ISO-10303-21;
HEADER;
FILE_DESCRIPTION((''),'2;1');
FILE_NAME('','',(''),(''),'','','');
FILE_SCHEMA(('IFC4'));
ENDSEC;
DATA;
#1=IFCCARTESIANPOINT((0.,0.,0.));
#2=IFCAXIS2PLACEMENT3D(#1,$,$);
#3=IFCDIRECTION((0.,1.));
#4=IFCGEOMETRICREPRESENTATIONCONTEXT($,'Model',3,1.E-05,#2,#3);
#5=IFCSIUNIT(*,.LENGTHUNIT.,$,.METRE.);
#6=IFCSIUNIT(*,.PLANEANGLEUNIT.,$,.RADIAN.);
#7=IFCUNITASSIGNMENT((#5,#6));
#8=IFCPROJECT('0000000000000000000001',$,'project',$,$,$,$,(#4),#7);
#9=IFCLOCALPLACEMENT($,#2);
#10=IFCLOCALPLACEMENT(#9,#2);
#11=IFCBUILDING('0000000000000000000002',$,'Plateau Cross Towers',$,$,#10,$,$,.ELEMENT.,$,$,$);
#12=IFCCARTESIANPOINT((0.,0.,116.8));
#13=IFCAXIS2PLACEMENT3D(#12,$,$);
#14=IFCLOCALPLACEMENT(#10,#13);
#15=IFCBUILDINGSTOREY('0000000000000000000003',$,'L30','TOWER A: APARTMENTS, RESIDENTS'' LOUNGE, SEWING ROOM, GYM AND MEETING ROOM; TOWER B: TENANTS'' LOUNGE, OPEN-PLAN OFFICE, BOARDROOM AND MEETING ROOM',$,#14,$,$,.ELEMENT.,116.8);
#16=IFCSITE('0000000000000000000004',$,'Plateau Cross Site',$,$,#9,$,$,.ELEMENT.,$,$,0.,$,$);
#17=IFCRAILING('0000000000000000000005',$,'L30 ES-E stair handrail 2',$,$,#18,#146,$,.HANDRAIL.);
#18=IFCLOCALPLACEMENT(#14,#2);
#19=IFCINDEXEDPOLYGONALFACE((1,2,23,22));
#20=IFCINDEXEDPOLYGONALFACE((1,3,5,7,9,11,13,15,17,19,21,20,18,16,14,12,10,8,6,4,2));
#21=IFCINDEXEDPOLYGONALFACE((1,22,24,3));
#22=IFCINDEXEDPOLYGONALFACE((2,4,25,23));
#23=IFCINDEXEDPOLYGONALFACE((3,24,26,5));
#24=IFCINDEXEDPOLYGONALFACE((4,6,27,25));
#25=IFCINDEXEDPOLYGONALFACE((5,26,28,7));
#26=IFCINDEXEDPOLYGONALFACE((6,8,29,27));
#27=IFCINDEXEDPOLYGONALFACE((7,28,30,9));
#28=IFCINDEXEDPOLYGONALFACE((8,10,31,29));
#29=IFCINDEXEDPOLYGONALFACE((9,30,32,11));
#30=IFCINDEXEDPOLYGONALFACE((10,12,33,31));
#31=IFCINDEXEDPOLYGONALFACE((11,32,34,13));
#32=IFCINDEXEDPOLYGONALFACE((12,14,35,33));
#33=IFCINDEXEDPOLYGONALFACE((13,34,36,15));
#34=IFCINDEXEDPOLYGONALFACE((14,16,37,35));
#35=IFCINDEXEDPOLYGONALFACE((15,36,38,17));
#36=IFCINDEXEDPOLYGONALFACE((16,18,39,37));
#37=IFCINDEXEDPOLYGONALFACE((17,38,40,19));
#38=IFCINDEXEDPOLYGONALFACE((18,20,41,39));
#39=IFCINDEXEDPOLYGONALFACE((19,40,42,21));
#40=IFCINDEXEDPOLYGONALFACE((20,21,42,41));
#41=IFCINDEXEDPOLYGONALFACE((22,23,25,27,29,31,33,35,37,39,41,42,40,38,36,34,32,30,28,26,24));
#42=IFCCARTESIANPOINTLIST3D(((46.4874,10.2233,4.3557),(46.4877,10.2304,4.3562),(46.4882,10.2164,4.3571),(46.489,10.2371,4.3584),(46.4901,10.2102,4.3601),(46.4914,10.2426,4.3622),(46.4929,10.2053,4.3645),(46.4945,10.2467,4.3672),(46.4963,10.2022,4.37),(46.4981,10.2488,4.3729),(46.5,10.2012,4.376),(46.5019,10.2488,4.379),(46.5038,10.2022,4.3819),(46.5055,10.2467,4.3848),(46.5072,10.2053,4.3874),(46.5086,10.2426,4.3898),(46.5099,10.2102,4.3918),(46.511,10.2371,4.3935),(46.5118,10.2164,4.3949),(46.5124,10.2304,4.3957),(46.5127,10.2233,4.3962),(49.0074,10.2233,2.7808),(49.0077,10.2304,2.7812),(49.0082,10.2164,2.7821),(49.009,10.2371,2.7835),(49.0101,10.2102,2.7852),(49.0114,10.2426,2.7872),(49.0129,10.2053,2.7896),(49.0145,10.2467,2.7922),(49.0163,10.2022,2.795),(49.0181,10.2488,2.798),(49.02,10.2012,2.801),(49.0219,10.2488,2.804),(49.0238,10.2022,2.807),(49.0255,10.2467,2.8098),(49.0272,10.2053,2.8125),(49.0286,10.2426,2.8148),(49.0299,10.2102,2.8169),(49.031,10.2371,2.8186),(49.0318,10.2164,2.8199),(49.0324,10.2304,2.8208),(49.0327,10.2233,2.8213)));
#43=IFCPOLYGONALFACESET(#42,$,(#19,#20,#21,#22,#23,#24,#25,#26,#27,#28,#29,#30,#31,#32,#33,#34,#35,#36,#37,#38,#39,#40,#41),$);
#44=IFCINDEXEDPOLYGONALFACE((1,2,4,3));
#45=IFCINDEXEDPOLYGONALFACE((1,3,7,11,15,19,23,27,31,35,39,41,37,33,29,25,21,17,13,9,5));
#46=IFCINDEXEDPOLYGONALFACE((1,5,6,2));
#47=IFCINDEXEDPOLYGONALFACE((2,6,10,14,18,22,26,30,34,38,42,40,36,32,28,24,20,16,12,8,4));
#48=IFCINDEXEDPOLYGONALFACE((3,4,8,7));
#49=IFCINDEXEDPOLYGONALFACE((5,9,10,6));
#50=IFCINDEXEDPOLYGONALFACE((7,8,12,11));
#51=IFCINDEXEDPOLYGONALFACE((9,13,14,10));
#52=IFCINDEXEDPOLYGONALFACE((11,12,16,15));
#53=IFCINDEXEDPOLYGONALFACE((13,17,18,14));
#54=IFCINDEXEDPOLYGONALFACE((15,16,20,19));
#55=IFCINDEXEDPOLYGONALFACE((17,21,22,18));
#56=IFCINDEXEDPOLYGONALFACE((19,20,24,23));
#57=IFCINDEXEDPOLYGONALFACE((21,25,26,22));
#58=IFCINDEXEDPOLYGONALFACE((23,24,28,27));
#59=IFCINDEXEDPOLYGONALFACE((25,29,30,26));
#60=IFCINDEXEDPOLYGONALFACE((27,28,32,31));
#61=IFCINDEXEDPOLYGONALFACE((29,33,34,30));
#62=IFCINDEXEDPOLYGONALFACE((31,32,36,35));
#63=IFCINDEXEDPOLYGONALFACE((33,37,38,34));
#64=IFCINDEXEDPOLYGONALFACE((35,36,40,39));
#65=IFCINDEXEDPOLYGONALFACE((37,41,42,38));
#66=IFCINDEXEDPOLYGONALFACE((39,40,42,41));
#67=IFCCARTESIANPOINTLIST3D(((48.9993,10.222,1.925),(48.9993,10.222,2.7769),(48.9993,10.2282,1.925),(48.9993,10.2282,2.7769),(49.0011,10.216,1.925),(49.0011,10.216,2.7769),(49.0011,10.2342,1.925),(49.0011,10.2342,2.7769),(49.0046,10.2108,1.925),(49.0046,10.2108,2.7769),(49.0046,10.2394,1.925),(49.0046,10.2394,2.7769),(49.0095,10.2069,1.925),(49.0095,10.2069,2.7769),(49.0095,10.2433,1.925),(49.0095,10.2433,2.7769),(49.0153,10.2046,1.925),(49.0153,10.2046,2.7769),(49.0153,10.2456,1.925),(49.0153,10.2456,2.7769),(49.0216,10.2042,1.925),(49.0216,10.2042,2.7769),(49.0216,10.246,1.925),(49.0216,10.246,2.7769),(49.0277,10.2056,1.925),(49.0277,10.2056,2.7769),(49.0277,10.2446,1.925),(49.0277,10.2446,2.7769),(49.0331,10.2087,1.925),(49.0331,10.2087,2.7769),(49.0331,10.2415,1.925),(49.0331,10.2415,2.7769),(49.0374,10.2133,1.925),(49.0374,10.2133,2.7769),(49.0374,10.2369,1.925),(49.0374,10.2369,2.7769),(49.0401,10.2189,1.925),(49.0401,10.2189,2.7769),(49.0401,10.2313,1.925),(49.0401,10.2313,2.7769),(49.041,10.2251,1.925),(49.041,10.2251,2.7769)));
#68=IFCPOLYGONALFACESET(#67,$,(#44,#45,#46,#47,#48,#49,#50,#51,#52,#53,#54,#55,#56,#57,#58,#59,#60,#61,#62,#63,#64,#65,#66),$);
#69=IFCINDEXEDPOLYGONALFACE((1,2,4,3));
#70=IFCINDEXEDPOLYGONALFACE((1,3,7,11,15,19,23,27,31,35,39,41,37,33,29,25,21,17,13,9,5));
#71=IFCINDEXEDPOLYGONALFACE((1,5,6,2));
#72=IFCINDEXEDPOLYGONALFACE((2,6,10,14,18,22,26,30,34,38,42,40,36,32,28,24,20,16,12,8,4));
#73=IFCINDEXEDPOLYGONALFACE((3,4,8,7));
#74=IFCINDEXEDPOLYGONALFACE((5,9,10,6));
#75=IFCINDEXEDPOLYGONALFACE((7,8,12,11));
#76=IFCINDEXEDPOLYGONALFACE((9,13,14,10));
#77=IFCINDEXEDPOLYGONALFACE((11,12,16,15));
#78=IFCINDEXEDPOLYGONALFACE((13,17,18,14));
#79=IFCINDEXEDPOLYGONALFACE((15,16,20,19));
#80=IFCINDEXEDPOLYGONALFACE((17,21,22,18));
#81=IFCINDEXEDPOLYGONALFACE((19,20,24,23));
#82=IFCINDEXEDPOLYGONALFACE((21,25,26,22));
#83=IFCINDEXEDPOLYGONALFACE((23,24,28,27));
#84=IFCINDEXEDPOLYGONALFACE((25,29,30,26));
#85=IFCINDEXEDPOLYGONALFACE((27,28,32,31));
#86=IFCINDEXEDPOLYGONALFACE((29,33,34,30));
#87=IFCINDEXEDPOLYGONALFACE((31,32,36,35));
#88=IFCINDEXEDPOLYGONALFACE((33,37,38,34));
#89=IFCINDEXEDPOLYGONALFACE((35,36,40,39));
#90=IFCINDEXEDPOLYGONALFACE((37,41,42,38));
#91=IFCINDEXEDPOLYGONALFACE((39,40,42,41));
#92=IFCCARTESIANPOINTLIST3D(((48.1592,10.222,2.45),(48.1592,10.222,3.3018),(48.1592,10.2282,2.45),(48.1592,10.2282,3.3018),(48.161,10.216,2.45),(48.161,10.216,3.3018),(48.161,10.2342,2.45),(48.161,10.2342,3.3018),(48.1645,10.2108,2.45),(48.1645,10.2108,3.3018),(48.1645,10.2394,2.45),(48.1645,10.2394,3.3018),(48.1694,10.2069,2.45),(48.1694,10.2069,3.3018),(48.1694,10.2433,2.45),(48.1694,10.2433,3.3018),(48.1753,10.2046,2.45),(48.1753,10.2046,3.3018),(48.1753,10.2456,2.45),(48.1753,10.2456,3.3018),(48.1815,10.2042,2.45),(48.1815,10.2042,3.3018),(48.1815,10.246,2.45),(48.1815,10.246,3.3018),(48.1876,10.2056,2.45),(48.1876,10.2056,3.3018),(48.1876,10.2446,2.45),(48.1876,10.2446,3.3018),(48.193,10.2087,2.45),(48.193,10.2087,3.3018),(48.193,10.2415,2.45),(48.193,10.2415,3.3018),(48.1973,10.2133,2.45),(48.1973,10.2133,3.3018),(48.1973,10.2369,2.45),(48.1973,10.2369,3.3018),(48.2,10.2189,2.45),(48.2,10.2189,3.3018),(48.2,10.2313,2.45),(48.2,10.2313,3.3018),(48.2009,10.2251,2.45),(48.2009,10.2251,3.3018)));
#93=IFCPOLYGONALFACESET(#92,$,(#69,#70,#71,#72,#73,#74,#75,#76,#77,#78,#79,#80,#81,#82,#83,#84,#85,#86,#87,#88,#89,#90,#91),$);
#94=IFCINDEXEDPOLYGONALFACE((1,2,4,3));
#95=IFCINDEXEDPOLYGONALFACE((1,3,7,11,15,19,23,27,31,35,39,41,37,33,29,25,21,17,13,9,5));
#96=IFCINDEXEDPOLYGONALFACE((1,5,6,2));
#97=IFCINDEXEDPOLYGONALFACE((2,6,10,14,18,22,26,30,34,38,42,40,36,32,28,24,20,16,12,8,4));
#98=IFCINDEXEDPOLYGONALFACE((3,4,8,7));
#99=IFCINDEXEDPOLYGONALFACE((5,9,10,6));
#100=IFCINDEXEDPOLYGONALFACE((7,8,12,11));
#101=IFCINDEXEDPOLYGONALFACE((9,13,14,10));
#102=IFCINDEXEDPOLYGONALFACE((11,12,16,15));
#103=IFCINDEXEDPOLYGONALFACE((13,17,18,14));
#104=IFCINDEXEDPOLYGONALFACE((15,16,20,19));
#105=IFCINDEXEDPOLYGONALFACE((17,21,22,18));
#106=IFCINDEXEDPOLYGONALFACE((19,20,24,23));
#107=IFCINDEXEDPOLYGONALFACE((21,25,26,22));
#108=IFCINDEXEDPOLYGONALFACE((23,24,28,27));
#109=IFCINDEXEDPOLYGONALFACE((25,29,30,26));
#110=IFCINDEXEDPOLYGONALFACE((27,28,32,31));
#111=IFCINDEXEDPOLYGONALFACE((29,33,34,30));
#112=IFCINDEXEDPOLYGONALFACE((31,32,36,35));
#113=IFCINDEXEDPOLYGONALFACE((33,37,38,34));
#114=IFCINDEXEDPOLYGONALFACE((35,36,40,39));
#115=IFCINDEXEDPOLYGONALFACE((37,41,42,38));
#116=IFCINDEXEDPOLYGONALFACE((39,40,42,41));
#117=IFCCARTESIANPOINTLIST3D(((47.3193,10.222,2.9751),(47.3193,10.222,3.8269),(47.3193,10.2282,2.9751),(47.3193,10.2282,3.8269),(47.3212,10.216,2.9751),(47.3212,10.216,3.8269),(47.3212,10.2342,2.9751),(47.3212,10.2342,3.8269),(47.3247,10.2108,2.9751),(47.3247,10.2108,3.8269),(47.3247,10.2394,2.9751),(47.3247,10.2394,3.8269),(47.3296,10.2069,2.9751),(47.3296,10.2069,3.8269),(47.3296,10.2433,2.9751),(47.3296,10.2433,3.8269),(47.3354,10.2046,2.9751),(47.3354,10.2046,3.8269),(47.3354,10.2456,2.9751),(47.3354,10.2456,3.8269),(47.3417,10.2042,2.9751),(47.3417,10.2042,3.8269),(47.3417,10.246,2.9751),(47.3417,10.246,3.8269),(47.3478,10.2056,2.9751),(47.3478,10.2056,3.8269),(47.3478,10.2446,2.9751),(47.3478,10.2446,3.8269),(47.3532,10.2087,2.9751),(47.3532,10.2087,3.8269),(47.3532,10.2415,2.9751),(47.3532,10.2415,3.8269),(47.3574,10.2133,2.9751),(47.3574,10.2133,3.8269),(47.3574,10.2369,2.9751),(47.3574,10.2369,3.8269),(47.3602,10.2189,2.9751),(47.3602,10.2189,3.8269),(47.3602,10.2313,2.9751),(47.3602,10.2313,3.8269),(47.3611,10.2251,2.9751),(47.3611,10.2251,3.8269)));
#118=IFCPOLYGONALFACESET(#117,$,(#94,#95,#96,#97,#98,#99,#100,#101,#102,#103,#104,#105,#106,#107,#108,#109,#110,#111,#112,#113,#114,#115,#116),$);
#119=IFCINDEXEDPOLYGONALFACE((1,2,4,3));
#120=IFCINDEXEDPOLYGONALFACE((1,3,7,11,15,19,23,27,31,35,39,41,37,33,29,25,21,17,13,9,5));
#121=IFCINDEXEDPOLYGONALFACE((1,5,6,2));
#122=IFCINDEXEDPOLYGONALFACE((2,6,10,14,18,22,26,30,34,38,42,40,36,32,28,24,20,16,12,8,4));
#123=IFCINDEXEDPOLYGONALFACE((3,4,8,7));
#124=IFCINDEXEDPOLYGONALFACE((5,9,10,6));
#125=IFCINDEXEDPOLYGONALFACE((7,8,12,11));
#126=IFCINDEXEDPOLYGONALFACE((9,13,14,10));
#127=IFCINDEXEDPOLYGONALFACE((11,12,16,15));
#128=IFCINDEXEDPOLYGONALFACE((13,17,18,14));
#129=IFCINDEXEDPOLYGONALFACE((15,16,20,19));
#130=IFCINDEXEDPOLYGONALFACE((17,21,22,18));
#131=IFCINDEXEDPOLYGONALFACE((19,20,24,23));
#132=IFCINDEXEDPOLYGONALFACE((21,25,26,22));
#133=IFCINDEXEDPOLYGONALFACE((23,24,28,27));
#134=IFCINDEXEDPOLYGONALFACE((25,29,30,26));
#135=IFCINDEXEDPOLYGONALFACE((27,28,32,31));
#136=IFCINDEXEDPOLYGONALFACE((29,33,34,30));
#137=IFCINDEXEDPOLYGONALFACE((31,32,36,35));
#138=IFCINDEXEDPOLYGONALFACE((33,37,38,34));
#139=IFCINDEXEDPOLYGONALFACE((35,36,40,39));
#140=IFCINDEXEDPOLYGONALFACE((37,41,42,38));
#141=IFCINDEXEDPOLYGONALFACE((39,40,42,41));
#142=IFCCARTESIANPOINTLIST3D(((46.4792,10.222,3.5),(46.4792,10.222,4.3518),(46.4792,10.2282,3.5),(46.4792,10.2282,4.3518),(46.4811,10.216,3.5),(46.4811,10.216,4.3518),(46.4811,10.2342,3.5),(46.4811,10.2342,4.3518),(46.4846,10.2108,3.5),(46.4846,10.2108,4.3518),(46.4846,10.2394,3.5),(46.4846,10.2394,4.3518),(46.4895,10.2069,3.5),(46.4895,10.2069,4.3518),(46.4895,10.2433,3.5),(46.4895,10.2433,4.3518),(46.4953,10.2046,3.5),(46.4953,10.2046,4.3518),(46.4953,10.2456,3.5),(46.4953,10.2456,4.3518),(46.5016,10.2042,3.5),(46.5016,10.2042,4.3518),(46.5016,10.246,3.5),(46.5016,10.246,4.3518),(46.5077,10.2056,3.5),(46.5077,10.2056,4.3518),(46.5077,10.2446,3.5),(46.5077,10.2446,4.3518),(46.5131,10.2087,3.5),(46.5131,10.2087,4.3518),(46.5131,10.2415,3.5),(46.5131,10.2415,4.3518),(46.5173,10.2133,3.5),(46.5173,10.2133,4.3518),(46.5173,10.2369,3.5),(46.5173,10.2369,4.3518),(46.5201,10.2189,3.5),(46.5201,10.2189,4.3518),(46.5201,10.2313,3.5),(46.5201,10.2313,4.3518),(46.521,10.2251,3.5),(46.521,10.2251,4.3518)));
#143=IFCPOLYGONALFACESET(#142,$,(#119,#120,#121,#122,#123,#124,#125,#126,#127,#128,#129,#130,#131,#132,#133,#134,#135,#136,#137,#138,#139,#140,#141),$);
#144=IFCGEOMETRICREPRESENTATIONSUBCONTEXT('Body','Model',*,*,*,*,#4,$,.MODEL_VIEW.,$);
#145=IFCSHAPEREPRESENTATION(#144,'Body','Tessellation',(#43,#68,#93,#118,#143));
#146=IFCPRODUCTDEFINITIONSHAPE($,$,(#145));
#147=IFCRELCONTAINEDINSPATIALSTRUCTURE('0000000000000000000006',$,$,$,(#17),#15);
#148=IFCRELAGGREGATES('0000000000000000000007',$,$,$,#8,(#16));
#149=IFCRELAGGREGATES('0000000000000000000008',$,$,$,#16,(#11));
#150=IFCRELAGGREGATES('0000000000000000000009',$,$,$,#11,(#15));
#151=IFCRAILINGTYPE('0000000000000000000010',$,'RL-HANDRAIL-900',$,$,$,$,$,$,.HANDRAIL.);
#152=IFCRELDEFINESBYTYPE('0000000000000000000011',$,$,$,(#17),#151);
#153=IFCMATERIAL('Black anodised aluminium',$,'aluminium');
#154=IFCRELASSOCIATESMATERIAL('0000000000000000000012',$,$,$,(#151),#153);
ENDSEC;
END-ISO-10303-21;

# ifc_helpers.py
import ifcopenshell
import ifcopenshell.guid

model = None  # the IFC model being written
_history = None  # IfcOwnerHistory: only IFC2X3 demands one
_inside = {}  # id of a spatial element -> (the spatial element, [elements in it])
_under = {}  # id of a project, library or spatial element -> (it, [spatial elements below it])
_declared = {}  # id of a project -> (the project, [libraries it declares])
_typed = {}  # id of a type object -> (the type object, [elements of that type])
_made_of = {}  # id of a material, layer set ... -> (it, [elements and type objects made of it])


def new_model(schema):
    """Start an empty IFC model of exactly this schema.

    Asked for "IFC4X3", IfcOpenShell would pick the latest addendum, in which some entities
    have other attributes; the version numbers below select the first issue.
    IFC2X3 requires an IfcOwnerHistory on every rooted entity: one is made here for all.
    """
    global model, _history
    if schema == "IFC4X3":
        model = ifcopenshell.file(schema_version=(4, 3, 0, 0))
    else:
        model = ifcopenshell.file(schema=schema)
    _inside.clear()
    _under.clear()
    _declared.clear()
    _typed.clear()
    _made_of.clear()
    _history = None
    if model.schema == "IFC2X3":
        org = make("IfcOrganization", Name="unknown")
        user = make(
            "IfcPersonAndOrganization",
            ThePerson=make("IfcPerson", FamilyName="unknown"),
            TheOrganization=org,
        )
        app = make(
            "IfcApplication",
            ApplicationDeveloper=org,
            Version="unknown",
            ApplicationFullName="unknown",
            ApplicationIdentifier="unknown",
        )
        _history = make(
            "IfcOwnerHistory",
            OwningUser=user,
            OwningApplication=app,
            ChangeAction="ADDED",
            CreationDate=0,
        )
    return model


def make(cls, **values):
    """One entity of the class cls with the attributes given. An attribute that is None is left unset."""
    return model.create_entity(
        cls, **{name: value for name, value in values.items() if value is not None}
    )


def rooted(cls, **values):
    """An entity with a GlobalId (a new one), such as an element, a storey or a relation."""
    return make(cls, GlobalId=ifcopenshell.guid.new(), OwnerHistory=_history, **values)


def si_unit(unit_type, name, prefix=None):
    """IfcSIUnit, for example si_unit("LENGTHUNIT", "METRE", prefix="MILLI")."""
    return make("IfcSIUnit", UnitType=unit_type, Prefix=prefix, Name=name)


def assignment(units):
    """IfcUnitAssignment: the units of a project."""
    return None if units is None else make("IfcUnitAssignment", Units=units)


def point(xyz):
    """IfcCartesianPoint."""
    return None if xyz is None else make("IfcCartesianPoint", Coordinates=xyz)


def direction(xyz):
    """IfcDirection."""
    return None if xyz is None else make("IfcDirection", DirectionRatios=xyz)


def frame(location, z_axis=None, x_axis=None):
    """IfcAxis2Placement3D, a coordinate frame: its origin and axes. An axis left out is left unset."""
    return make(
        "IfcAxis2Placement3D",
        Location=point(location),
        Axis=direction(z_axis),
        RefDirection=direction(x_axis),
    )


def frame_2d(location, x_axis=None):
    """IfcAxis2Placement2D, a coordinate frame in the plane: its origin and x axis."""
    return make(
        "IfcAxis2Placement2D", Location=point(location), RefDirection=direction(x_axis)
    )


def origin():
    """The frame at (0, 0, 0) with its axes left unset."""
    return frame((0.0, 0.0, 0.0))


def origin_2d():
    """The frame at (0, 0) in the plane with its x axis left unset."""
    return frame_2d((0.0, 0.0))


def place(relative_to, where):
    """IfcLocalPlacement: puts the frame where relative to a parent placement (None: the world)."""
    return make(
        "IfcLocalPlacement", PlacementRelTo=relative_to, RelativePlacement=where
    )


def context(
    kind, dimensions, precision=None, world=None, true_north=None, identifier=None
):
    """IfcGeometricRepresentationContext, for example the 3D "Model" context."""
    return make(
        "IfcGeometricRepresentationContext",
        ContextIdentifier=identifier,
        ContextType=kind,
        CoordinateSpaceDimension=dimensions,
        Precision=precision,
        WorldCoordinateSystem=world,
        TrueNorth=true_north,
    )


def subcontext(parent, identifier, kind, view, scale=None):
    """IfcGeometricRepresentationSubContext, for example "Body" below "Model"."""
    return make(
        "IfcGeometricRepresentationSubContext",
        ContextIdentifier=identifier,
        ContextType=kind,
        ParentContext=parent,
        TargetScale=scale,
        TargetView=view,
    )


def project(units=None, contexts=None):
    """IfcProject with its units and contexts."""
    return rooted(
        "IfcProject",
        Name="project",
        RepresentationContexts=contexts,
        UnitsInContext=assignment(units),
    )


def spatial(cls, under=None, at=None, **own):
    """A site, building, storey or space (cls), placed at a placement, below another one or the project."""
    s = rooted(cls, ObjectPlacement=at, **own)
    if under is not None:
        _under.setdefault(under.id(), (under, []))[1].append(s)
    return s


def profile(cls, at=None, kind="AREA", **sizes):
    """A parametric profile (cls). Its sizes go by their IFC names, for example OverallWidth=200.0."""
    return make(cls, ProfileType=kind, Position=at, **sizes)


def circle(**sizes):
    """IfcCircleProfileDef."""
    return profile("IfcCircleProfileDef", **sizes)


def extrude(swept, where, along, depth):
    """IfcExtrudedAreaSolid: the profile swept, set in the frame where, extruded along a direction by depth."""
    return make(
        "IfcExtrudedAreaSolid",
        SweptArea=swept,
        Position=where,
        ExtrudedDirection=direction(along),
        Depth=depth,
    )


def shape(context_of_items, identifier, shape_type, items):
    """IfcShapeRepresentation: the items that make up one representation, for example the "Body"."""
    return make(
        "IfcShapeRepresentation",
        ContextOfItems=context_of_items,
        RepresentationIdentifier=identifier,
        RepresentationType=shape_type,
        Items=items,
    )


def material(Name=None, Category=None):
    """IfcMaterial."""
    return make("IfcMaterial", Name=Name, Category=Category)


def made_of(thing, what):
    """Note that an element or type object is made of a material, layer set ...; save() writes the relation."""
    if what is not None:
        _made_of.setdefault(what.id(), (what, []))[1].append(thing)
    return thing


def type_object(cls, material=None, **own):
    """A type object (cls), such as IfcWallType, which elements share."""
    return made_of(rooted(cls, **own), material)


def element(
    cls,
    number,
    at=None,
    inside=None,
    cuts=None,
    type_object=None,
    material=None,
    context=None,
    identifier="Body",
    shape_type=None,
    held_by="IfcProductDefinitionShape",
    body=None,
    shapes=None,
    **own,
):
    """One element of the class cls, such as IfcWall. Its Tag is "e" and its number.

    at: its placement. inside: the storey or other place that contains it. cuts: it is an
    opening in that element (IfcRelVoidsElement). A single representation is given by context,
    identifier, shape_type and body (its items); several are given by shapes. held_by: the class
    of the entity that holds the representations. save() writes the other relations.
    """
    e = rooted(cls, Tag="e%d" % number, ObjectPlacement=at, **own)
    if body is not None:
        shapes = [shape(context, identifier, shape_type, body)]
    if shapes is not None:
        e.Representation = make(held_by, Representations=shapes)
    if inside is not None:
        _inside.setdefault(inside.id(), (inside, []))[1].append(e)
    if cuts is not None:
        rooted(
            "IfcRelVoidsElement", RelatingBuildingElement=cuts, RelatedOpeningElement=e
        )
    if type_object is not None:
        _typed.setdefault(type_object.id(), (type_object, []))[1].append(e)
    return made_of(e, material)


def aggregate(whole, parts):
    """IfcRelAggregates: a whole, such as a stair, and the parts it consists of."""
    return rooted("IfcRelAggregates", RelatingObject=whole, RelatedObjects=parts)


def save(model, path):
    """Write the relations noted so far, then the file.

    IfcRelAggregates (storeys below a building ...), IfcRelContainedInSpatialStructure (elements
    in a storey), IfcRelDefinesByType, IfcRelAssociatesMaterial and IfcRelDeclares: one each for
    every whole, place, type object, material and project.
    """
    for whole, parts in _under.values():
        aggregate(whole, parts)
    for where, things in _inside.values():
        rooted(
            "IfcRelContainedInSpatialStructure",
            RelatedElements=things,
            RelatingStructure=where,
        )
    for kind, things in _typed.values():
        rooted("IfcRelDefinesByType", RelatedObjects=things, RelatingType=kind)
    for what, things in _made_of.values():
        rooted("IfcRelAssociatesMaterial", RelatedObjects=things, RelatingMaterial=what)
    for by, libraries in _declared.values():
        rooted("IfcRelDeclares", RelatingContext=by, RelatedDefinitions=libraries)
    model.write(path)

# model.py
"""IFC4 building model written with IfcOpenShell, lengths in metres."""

from ifc_helpers import new_model, si_unit, direction, frame, origin, origin_2d, place, context, subcontext, project, spatial, circle, extrude, material, type_object, element, save


model = new_model("IFC4")

# Units and contexts
model_context = context("Model", 3, precision=1e-05, world=origin(), true_north=direction((0.0, 1.0)))
body_context = subcontext(model_context, "Body", "Model", "MODEL_VIEW")
ifc_project = project(units=[si_unit("LENGTHUNIT", "METRE"), si_unit("PLANEANGLEUNIT", "RADIAN")], contexts=[model_context])

# Site, building, storey
site_placement = place(None, origin())
site = spatial("IfcSite", under=ifc_project, at=site_placement, Name="Plateau Cross Site", CompositionType="ELEMENT", RefElevation=0.0)
building_placement = place(site_placement, origin())
building = spatial("IfcBuilding", under=site, at=building_placement, Name="Plateau Cross Towers", CompositionType="ELEMENT")
storey_placement = place(building_placement, frame((0.0, 0.0, 116.8)))
storey = spatial("IfcBuildingStorey", under=building, at=storey_placement, Name="L30", Description="TOWER A: APARTMENTS, RESIDENTS' LOUNGE, SEWING ROOM, GYM AND MEETING ROOM; TOWER B: TENANTS' LOUNGE, OPEN-PLAN OFFICE, BOARDROOM AND MEETING ROOM", CompositionType="ELEMENT", Elevation=116.8)

# Shared definitions
ifc_material_1 = material(Name="Black anodised aluminium", Category="aluminium")

# Railing
railing_type_1 = type_object("IfcRailingType", Name="RL-HANDRAIL-900", PredefinedType="HANDRAIL", material=ifc_material_1)
railing_1_placement = place(storey_placement, frame((49.02, 10.2251, 1.925)))
element("IfcRailing", 1, at=railing_1_placement, inside=storey, type_object=railing_type_1, Name="L30 ES-E stair handrail 2", PredefinedType="HANDRAIL", context=body_context, shape_type="SweptSolid", body=[
    extrude(circle(Radius=0.0239, at=origin_2d()), frame((0.0, 0.0, 0.876), z_axis=(-0.848008, 0.0, 0.529984), x_axis=(0.0, -1.0, 0.0)), (0.0, 0.0, 1.0), 2.9717),
    extrude(circle(Radius=0.021, at=origin_2d()), origin(), (0.0, 0.0, 1.0), 0.8518),
    extrude(circle(Radius=0.021, at=origin_2d()), frame((-0.8401, 0.0, 0.5249)), (0.0, 0.0, 1.0), 0.8518),
    extrude(circle(Radius=0.021, at=origin_2d()), frame((-1.6799, 0.0, 1.05)), (0.0, 0.0, 1.0), 0.8518),
    extrude(circle(Radius=0.021, at=origin_2d()), frame((-2.52, 0.0, 1.575)), (0.0, 0.0, 1.0), 0.8518),
])

save(model, "model.ifc")
